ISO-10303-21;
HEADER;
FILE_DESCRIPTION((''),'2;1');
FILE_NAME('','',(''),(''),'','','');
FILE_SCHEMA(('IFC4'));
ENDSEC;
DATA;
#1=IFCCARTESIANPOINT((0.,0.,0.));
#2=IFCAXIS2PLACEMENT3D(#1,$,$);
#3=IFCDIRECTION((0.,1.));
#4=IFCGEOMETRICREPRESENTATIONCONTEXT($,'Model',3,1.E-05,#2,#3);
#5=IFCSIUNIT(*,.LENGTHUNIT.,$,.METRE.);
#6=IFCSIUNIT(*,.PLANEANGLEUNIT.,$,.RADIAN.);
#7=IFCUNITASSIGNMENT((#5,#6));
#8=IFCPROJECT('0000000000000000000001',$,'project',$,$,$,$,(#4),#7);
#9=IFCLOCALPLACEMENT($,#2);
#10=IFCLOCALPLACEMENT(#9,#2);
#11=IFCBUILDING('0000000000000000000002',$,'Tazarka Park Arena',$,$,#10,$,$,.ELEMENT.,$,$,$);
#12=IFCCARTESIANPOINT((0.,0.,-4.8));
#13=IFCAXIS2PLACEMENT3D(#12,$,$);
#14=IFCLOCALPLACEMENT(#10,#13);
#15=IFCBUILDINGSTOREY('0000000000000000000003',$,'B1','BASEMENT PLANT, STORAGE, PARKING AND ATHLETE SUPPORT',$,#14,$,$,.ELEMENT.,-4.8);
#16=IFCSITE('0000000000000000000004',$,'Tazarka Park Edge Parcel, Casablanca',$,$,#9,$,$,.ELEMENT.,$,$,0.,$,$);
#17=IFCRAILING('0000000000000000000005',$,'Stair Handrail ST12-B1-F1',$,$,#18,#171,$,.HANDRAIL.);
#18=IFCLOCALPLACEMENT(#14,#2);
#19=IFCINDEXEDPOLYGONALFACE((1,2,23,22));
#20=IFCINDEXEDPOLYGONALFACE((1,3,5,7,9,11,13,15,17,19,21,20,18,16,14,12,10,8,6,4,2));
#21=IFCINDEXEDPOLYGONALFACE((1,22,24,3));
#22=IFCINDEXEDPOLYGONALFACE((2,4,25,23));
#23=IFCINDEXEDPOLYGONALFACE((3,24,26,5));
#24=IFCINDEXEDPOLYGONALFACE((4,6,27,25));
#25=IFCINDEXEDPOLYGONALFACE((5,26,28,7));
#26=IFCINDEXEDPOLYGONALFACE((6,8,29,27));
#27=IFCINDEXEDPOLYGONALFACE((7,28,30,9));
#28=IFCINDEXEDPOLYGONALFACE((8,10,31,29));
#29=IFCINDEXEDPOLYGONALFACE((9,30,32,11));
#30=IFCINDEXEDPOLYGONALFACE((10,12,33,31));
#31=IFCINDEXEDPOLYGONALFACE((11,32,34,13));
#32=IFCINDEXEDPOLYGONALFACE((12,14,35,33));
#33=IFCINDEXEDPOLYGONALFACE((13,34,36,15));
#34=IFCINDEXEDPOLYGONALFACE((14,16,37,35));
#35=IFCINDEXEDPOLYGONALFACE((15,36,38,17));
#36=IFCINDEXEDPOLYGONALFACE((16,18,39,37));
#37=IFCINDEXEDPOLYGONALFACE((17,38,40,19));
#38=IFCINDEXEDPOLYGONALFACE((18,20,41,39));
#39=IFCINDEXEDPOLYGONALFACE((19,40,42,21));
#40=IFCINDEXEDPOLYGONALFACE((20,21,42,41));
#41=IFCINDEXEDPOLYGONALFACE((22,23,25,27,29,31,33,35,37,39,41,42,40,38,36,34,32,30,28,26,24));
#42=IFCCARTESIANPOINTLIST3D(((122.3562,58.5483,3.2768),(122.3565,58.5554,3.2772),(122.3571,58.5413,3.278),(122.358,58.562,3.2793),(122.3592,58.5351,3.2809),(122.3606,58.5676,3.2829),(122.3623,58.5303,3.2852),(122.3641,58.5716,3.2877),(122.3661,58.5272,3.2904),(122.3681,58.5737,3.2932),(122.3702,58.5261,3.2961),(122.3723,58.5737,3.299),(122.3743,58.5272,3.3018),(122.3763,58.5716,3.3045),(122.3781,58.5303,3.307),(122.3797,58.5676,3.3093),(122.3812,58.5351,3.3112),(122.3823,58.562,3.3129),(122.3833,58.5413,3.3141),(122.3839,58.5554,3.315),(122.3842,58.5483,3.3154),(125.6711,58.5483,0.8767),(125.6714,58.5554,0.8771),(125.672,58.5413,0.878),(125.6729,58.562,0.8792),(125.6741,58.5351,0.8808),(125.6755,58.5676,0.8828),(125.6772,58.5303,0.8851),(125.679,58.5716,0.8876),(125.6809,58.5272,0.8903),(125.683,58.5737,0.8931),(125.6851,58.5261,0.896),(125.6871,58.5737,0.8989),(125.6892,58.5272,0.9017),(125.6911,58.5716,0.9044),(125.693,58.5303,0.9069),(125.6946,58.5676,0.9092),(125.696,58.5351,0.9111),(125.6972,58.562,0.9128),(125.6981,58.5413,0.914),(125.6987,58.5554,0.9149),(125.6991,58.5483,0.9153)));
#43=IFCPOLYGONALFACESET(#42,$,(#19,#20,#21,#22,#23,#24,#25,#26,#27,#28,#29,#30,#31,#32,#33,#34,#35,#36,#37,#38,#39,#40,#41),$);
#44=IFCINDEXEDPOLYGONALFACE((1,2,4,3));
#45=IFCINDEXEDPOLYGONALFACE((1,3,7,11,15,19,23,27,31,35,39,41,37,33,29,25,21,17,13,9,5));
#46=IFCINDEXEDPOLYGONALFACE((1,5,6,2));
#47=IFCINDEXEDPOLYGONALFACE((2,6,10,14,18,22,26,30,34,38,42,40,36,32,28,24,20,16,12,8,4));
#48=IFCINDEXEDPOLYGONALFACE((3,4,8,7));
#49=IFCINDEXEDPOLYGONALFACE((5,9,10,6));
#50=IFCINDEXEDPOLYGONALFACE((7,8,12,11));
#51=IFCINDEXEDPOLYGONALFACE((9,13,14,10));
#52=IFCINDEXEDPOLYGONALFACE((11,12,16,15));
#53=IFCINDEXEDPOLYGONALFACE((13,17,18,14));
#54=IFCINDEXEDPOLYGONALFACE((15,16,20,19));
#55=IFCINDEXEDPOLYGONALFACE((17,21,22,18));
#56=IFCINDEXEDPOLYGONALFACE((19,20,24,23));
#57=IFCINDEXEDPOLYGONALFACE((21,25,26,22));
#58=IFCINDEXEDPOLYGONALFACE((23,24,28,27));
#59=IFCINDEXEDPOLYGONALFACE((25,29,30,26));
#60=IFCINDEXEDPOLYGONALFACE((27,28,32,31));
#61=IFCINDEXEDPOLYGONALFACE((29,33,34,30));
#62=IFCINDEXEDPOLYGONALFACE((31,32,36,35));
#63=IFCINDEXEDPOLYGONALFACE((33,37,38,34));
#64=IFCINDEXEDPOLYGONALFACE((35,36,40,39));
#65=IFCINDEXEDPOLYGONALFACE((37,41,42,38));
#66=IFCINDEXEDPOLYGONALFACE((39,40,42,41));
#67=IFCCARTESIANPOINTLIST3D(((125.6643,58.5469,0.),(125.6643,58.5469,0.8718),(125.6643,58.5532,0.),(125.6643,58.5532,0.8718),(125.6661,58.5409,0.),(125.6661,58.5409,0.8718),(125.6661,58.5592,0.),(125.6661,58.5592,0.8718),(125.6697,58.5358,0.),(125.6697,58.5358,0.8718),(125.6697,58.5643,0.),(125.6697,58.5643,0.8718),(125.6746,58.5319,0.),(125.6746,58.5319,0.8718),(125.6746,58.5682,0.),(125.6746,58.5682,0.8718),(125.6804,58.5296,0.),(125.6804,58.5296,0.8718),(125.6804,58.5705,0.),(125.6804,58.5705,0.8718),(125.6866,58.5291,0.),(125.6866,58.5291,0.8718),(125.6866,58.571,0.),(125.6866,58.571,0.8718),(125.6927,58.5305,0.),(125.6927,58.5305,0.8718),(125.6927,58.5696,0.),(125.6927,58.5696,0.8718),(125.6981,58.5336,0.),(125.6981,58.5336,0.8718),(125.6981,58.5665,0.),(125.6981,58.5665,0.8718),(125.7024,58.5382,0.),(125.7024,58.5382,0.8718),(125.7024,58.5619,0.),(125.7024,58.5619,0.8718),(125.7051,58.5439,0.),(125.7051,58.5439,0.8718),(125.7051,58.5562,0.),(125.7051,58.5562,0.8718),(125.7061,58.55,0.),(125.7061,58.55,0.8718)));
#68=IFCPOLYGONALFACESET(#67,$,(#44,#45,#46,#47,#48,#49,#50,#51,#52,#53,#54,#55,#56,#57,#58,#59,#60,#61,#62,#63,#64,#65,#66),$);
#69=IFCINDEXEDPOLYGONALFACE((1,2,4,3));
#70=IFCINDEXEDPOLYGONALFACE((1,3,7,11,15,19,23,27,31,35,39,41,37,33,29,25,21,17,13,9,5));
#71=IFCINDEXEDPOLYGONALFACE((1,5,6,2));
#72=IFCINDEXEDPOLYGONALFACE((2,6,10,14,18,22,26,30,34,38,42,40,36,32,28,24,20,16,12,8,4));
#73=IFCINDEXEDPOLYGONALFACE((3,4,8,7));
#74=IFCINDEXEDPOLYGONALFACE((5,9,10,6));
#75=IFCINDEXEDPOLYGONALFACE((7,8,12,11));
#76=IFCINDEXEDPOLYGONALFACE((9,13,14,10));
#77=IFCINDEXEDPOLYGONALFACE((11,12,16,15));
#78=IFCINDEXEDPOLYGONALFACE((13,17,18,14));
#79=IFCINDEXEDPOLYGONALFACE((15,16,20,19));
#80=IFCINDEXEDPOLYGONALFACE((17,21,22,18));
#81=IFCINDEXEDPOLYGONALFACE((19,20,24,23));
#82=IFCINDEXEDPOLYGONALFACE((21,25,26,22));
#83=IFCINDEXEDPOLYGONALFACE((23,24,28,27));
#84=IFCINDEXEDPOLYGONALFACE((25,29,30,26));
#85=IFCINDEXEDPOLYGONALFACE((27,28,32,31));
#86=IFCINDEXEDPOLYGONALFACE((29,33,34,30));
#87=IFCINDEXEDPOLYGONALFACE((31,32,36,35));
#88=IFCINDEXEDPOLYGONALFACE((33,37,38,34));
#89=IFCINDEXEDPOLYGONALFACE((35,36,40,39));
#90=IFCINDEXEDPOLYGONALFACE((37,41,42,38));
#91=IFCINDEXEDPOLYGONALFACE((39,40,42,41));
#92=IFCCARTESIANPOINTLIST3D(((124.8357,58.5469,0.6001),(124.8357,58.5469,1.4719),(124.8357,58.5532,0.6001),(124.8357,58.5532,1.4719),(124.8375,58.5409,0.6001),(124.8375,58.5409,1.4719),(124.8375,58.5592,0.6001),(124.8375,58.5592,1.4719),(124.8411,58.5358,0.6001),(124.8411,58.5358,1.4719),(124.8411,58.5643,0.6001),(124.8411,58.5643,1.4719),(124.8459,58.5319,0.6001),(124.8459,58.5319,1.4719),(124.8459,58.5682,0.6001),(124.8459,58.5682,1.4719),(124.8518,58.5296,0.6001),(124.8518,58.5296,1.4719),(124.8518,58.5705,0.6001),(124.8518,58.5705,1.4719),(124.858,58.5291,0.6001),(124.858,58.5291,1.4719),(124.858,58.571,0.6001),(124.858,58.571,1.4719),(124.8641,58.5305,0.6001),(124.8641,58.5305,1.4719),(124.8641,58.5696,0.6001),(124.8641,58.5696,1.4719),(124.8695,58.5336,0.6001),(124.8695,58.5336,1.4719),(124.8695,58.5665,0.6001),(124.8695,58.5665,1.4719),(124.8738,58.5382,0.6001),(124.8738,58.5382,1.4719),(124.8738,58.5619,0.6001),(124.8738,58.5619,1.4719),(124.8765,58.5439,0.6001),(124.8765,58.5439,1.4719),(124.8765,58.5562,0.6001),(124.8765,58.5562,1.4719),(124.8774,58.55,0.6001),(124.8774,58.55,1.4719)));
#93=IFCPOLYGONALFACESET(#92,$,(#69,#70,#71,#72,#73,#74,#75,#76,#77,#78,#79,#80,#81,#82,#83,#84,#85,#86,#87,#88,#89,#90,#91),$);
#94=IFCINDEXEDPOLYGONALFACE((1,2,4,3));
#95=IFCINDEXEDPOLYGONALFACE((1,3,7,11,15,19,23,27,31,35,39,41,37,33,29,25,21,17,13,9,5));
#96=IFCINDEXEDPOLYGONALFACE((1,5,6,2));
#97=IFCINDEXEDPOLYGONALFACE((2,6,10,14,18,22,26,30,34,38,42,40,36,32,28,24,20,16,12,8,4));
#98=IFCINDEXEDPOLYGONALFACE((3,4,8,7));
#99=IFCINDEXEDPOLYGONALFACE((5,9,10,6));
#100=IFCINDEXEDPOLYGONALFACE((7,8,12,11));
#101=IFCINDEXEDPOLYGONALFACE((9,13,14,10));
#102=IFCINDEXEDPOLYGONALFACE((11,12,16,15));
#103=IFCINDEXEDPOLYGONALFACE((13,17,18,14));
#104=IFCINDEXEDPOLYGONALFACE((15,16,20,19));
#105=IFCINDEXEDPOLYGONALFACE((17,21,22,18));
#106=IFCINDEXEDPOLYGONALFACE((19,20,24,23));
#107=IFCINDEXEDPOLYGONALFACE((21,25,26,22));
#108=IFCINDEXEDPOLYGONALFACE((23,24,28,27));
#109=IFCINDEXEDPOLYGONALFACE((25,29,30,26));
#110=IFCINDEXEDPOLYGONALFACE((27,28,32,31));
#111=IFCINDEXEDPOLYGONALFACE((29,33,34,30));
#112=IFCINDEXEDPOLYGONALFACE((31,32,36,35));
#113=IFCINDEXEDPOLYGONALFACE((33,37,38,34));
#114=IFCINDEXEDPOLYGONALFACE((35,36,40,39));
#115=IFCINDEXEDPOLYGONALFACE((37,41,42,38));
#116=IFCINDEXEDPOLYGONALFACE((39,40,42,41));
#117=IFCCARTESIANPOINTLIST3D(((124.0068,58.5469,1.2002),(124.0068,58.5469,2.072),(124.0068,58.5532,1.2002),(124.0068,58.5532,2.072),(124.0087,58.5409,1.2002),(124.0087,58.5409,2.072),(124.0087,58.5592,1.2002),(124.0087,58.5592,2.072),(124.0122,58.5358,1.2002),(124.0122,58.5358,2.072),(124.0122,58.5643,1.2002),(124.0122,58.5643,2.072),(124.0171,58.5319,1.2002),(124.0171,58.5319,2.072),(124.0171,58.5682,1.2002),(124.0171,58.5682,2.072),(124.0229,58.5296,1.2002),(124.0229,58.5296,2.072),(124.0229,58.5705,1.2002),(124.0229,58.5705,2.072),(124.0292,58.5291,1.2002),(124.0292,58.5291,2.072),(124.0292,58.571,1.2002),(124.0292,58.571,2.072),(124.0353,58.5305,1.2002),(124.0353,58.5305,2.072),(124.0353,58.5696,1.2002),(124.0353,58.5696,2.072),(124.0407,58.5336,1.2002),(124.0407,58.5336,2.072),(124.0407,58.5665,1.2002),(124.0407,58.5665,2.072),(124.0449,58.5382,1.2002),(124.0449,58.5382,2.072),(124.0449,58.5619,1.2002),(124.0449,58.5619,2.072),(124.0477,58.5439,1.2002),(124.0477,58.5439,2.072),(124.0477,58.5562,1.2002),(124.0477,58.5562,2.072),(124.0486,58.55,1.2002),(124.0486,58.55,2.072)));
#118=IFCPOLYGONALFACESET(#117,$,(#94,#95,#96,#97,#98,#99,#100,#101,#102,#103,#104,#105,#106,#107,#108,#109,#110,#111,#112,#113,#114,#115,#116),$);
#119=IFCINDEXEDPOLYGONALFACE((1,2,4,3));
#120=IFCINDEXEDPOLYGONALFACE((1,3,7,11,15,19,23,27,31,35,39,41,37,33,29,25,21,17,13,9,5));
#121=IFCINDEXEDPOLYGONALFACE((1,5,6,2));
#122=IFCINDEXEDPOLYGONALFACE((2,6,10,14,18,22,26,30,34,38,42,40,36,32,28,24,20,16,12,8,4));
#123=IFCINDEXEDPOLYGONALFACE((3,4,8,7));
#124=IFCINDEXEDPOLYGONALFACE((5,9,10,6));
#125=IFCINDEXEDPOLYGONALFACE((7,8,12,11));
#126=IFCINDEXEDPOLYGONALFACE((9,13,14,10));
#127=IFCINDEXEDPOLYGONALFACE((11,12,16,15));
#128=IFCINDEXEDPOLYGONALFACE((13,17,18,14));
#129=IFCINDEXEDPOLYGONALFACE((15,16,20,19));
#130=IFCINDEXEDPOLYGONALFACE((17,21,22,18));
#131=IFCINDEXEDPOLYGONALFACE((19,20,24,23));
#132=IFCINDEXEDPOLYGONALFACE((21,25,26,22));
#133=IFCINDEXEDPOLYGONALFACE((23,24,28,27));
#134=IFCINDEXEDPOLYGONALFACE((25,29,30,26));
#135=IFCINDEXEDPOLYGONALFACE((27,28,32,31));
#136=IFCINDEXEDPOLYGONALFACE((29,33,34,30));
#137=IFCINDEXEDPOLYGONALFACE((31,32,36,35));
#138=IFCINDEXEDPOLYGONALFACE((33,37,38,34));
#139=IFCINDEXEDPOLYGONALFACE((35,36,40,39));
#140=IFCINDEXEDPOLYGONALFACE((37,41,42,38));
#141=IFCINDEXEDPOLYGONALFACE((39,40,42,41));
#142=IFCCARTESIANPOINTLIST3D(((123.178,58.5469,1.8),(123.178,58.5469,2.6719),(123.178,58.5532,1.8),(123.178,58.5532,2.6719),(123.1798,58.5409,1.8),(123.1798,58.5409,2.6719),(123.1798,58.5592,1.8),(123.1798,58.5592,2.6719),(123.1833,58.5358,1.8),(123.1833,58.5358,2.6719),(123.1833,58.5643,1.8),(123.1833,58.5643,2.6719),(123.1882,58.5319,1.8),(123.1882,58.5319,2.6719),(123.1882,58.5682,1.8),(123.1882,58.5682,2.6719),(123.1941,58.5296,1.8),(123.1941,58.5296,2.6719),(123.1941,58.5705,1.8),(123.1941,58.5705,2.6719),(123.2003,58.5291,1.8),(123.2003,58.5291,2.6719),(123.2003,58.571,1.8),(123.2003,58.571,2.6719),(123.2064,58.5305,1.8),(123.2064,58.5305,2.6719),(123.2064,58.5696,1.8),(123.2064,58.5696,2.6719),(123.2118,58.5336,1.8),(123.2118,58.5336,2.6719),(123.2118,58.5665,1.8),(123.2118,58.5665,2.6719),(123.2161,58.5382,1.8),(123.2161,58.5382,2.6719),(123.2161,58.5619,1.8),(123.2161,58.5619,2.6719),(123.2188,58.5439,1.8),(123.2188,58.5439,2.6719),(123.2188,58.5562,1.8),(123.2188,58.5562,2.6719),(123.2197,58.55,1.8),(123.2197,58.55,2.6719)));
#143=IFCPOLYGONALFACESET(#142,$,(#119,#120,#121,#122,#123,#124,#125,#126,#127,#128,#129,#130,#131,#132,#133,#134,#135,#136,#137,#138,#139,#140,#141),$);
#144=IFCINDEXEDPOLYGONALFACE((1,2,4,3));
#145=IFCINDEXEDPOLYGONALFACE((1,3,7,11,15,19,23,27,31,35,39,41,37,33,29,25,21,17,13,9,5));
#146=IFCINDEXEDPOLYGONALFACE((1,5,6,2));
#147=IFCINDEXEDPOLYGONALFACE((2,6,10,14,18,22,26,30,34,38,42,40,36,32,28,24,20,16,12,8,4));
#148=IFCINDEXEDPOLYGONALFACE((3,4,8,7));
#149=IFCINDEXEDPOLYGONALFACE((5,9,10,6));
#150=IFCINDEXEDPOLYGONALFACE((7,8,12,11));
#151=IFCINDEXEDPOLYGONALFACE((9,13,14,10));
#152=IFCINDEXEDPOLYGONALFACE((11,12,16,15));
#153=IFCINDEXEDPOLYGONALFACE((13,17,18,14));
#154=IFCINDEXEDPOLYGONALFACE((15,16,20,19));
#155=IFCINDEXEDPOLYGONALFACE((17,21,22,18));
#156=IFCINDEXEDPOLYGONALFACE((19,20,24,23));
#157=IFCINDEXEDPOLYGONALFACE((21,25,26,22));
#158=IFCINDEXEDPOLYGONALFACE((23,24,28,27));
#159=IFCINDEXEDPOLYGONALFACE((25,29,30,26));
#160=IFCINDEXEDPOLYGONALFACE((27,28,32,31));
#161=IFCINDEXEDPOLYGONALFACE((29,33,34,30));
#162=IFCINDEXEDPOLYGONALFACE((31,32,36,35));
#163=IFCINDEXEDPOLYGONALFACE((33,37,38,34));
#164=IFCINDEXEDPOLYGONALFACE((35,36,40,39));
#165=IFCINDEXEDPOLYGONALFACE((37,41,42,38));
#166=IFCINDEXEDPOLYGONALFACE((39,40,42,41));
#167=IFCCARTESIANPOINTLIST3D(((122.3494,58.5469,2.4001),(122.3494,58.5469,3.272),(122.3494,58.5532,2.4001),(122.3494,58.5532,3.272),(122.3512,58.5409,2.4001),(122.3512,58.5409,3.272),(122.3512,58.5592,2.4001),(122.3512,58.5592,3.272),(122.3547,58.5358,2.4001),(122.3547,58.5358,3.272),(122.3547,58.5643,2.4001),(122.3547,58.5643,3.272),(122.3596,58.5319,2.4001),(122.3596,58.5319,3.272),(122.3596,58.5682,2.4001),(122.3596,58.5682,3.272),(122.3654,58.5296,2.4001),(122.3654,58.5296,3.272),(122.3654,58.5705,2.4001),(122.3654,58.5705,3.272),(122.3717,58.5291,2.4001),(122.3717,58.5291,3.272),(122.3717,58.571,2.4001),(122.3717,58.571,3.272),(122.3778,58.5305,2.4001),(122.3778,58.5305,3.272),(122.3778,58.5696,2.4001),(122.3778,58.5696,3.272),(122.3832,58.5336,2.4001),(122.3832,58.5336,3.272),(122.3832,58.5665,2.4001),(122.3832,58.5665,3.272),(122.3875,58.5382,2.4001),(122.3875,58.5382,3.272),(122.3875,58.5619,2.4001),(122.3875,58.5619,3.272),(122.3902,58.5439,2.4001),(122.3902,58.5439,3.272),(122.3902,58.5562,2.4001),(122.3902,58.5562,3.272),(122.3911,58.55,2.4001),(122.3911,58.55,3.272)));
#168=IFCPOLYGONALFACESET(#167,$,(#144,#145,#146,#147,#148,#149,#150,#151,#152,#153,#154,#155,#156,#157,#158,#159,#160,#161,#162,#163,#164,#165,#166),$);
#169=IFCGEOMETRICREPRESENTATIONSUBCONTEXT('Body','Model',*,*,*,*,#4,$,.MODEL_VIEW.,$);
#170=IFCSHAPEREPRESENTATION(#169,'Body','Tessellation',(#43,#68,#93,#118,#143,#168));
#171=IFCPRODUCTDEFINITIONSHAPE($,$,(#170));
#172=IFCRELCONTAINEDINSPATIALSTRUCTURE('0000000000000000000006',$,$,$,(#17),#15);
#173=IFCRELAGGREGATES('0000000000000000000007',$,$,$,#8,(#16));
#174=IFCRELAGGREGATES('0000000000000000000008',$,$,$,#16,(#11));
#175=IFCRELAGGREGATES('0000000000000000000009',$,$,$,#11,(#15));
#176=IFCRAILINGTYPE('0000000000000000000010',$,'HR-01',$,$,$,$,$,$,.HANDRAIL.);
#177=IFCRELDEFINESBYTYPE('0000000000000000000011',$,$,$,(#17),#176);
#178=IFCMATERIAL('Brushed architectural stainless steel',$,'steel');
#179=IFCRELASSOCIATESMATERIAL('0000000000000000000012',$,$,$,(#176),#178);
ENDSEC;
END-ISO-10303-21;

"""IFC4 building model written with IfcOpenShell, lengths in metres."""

from ifc_helpers import new_model, si_unit, direction, frame, origin, origin_2d, place, context, subcontext, project, spatial, circle, extrude, material, type_object, element, save


model = new_model("IFC4")

# Units and contexts
model_context = context("Model", 3, precision=1e-05, world=origin(), true_north=direction((0.0, 1.0)))
body_context = subcontext(model_context, "Body", "Model", "MODEL_VIEW")
ifc_project = project(units=[si_unit("LENGTHUNIT", "METRE"), si_unit("PLANEANGLEUNIT", "RADIAN")], contexts=[model_context])

# Site, building, storey
site_placement = place(None, origin())
site = spatial("IfcSite", under=ifc_project, at=site_placement, Name="Tazarka Park Edge Parcel, Casablanca", CompositionType="ELEMENT", RefElevation=0.0)
building_placement = place(site_placement, origin())
building = spatial("IfcBuilding", under=site, at=building_placement, Name="Tazarka Park Arena", CompositionType="ELEMENT")
storey_placement = place(building_placement, frame((0.0, 0.0, -4.8)))
storey = spatial("IfcBuildingStorey", under=building, at=storey_placement, Name="B1", Description="BASEMENT PLANT, STORAGE, PARKING AND ATHLETE SUPPORT", CompositionType="ELEMENT", Elevation=-4.8)

# Railing
ifc_material_1 = material(Name="Brushed architectural stainless steel", Category="steel")
railing_type_1 = type_object("IfcRailingType", Name="HR-01", PredefinedType="HANDRAIL", material=ifc_material_1)
railing_1_placement = place(storey_placement, frame((125.6851, 58.55, 0.0)))
element("IfcRailing", 1, at=railing_1_placement, inside=storey, type_object=railing_type_1, Name="Stair Handrail ST12-B1-F1", PredefinedType="HANDRAIL", context=body_context, shape_type="SweptSolid", body=[
    extrude(circle(Radius=0.0239, at=origin_2d()), frame((0.0, 0.0, 0.896), z_axis=(-0.80998, 0.0, 0.586457), x_axis=(0.0, -1.0, 0.0)), (0.0, 0.0, 1.0), 4.0925),
    extrude(circle(Radius=0.021, at=origin_2d()), origin(), (0.0, 0.0, 1.0), 0.8718),
    extrude(circle(Radius=0.021, at=origin_2d()), frame((-0.8286, 0.0, 0.6001)), (0.0, 0.0, 1.0), 0.8718),
    extrude(circle(Radius=0.021, at=origin_2d()), frame((-1.6575, 0.0, 1.2002)), (0.0, 0.0, 1.0), 0.8718),
    extrude(circle(Radius=0.021, at=origin_2d()), frame((-2.4863, 0.0, 1.8)), (0.0, 0.0, 1.0), 0.8718),
    extrude(circle(Radius=0.021, at=origin_2d()), frame((-3.3149, 0.0, 2.4001)), (0.0, 0.0, 1.0), 0.8718),
])

save(model, "model.ifc")
